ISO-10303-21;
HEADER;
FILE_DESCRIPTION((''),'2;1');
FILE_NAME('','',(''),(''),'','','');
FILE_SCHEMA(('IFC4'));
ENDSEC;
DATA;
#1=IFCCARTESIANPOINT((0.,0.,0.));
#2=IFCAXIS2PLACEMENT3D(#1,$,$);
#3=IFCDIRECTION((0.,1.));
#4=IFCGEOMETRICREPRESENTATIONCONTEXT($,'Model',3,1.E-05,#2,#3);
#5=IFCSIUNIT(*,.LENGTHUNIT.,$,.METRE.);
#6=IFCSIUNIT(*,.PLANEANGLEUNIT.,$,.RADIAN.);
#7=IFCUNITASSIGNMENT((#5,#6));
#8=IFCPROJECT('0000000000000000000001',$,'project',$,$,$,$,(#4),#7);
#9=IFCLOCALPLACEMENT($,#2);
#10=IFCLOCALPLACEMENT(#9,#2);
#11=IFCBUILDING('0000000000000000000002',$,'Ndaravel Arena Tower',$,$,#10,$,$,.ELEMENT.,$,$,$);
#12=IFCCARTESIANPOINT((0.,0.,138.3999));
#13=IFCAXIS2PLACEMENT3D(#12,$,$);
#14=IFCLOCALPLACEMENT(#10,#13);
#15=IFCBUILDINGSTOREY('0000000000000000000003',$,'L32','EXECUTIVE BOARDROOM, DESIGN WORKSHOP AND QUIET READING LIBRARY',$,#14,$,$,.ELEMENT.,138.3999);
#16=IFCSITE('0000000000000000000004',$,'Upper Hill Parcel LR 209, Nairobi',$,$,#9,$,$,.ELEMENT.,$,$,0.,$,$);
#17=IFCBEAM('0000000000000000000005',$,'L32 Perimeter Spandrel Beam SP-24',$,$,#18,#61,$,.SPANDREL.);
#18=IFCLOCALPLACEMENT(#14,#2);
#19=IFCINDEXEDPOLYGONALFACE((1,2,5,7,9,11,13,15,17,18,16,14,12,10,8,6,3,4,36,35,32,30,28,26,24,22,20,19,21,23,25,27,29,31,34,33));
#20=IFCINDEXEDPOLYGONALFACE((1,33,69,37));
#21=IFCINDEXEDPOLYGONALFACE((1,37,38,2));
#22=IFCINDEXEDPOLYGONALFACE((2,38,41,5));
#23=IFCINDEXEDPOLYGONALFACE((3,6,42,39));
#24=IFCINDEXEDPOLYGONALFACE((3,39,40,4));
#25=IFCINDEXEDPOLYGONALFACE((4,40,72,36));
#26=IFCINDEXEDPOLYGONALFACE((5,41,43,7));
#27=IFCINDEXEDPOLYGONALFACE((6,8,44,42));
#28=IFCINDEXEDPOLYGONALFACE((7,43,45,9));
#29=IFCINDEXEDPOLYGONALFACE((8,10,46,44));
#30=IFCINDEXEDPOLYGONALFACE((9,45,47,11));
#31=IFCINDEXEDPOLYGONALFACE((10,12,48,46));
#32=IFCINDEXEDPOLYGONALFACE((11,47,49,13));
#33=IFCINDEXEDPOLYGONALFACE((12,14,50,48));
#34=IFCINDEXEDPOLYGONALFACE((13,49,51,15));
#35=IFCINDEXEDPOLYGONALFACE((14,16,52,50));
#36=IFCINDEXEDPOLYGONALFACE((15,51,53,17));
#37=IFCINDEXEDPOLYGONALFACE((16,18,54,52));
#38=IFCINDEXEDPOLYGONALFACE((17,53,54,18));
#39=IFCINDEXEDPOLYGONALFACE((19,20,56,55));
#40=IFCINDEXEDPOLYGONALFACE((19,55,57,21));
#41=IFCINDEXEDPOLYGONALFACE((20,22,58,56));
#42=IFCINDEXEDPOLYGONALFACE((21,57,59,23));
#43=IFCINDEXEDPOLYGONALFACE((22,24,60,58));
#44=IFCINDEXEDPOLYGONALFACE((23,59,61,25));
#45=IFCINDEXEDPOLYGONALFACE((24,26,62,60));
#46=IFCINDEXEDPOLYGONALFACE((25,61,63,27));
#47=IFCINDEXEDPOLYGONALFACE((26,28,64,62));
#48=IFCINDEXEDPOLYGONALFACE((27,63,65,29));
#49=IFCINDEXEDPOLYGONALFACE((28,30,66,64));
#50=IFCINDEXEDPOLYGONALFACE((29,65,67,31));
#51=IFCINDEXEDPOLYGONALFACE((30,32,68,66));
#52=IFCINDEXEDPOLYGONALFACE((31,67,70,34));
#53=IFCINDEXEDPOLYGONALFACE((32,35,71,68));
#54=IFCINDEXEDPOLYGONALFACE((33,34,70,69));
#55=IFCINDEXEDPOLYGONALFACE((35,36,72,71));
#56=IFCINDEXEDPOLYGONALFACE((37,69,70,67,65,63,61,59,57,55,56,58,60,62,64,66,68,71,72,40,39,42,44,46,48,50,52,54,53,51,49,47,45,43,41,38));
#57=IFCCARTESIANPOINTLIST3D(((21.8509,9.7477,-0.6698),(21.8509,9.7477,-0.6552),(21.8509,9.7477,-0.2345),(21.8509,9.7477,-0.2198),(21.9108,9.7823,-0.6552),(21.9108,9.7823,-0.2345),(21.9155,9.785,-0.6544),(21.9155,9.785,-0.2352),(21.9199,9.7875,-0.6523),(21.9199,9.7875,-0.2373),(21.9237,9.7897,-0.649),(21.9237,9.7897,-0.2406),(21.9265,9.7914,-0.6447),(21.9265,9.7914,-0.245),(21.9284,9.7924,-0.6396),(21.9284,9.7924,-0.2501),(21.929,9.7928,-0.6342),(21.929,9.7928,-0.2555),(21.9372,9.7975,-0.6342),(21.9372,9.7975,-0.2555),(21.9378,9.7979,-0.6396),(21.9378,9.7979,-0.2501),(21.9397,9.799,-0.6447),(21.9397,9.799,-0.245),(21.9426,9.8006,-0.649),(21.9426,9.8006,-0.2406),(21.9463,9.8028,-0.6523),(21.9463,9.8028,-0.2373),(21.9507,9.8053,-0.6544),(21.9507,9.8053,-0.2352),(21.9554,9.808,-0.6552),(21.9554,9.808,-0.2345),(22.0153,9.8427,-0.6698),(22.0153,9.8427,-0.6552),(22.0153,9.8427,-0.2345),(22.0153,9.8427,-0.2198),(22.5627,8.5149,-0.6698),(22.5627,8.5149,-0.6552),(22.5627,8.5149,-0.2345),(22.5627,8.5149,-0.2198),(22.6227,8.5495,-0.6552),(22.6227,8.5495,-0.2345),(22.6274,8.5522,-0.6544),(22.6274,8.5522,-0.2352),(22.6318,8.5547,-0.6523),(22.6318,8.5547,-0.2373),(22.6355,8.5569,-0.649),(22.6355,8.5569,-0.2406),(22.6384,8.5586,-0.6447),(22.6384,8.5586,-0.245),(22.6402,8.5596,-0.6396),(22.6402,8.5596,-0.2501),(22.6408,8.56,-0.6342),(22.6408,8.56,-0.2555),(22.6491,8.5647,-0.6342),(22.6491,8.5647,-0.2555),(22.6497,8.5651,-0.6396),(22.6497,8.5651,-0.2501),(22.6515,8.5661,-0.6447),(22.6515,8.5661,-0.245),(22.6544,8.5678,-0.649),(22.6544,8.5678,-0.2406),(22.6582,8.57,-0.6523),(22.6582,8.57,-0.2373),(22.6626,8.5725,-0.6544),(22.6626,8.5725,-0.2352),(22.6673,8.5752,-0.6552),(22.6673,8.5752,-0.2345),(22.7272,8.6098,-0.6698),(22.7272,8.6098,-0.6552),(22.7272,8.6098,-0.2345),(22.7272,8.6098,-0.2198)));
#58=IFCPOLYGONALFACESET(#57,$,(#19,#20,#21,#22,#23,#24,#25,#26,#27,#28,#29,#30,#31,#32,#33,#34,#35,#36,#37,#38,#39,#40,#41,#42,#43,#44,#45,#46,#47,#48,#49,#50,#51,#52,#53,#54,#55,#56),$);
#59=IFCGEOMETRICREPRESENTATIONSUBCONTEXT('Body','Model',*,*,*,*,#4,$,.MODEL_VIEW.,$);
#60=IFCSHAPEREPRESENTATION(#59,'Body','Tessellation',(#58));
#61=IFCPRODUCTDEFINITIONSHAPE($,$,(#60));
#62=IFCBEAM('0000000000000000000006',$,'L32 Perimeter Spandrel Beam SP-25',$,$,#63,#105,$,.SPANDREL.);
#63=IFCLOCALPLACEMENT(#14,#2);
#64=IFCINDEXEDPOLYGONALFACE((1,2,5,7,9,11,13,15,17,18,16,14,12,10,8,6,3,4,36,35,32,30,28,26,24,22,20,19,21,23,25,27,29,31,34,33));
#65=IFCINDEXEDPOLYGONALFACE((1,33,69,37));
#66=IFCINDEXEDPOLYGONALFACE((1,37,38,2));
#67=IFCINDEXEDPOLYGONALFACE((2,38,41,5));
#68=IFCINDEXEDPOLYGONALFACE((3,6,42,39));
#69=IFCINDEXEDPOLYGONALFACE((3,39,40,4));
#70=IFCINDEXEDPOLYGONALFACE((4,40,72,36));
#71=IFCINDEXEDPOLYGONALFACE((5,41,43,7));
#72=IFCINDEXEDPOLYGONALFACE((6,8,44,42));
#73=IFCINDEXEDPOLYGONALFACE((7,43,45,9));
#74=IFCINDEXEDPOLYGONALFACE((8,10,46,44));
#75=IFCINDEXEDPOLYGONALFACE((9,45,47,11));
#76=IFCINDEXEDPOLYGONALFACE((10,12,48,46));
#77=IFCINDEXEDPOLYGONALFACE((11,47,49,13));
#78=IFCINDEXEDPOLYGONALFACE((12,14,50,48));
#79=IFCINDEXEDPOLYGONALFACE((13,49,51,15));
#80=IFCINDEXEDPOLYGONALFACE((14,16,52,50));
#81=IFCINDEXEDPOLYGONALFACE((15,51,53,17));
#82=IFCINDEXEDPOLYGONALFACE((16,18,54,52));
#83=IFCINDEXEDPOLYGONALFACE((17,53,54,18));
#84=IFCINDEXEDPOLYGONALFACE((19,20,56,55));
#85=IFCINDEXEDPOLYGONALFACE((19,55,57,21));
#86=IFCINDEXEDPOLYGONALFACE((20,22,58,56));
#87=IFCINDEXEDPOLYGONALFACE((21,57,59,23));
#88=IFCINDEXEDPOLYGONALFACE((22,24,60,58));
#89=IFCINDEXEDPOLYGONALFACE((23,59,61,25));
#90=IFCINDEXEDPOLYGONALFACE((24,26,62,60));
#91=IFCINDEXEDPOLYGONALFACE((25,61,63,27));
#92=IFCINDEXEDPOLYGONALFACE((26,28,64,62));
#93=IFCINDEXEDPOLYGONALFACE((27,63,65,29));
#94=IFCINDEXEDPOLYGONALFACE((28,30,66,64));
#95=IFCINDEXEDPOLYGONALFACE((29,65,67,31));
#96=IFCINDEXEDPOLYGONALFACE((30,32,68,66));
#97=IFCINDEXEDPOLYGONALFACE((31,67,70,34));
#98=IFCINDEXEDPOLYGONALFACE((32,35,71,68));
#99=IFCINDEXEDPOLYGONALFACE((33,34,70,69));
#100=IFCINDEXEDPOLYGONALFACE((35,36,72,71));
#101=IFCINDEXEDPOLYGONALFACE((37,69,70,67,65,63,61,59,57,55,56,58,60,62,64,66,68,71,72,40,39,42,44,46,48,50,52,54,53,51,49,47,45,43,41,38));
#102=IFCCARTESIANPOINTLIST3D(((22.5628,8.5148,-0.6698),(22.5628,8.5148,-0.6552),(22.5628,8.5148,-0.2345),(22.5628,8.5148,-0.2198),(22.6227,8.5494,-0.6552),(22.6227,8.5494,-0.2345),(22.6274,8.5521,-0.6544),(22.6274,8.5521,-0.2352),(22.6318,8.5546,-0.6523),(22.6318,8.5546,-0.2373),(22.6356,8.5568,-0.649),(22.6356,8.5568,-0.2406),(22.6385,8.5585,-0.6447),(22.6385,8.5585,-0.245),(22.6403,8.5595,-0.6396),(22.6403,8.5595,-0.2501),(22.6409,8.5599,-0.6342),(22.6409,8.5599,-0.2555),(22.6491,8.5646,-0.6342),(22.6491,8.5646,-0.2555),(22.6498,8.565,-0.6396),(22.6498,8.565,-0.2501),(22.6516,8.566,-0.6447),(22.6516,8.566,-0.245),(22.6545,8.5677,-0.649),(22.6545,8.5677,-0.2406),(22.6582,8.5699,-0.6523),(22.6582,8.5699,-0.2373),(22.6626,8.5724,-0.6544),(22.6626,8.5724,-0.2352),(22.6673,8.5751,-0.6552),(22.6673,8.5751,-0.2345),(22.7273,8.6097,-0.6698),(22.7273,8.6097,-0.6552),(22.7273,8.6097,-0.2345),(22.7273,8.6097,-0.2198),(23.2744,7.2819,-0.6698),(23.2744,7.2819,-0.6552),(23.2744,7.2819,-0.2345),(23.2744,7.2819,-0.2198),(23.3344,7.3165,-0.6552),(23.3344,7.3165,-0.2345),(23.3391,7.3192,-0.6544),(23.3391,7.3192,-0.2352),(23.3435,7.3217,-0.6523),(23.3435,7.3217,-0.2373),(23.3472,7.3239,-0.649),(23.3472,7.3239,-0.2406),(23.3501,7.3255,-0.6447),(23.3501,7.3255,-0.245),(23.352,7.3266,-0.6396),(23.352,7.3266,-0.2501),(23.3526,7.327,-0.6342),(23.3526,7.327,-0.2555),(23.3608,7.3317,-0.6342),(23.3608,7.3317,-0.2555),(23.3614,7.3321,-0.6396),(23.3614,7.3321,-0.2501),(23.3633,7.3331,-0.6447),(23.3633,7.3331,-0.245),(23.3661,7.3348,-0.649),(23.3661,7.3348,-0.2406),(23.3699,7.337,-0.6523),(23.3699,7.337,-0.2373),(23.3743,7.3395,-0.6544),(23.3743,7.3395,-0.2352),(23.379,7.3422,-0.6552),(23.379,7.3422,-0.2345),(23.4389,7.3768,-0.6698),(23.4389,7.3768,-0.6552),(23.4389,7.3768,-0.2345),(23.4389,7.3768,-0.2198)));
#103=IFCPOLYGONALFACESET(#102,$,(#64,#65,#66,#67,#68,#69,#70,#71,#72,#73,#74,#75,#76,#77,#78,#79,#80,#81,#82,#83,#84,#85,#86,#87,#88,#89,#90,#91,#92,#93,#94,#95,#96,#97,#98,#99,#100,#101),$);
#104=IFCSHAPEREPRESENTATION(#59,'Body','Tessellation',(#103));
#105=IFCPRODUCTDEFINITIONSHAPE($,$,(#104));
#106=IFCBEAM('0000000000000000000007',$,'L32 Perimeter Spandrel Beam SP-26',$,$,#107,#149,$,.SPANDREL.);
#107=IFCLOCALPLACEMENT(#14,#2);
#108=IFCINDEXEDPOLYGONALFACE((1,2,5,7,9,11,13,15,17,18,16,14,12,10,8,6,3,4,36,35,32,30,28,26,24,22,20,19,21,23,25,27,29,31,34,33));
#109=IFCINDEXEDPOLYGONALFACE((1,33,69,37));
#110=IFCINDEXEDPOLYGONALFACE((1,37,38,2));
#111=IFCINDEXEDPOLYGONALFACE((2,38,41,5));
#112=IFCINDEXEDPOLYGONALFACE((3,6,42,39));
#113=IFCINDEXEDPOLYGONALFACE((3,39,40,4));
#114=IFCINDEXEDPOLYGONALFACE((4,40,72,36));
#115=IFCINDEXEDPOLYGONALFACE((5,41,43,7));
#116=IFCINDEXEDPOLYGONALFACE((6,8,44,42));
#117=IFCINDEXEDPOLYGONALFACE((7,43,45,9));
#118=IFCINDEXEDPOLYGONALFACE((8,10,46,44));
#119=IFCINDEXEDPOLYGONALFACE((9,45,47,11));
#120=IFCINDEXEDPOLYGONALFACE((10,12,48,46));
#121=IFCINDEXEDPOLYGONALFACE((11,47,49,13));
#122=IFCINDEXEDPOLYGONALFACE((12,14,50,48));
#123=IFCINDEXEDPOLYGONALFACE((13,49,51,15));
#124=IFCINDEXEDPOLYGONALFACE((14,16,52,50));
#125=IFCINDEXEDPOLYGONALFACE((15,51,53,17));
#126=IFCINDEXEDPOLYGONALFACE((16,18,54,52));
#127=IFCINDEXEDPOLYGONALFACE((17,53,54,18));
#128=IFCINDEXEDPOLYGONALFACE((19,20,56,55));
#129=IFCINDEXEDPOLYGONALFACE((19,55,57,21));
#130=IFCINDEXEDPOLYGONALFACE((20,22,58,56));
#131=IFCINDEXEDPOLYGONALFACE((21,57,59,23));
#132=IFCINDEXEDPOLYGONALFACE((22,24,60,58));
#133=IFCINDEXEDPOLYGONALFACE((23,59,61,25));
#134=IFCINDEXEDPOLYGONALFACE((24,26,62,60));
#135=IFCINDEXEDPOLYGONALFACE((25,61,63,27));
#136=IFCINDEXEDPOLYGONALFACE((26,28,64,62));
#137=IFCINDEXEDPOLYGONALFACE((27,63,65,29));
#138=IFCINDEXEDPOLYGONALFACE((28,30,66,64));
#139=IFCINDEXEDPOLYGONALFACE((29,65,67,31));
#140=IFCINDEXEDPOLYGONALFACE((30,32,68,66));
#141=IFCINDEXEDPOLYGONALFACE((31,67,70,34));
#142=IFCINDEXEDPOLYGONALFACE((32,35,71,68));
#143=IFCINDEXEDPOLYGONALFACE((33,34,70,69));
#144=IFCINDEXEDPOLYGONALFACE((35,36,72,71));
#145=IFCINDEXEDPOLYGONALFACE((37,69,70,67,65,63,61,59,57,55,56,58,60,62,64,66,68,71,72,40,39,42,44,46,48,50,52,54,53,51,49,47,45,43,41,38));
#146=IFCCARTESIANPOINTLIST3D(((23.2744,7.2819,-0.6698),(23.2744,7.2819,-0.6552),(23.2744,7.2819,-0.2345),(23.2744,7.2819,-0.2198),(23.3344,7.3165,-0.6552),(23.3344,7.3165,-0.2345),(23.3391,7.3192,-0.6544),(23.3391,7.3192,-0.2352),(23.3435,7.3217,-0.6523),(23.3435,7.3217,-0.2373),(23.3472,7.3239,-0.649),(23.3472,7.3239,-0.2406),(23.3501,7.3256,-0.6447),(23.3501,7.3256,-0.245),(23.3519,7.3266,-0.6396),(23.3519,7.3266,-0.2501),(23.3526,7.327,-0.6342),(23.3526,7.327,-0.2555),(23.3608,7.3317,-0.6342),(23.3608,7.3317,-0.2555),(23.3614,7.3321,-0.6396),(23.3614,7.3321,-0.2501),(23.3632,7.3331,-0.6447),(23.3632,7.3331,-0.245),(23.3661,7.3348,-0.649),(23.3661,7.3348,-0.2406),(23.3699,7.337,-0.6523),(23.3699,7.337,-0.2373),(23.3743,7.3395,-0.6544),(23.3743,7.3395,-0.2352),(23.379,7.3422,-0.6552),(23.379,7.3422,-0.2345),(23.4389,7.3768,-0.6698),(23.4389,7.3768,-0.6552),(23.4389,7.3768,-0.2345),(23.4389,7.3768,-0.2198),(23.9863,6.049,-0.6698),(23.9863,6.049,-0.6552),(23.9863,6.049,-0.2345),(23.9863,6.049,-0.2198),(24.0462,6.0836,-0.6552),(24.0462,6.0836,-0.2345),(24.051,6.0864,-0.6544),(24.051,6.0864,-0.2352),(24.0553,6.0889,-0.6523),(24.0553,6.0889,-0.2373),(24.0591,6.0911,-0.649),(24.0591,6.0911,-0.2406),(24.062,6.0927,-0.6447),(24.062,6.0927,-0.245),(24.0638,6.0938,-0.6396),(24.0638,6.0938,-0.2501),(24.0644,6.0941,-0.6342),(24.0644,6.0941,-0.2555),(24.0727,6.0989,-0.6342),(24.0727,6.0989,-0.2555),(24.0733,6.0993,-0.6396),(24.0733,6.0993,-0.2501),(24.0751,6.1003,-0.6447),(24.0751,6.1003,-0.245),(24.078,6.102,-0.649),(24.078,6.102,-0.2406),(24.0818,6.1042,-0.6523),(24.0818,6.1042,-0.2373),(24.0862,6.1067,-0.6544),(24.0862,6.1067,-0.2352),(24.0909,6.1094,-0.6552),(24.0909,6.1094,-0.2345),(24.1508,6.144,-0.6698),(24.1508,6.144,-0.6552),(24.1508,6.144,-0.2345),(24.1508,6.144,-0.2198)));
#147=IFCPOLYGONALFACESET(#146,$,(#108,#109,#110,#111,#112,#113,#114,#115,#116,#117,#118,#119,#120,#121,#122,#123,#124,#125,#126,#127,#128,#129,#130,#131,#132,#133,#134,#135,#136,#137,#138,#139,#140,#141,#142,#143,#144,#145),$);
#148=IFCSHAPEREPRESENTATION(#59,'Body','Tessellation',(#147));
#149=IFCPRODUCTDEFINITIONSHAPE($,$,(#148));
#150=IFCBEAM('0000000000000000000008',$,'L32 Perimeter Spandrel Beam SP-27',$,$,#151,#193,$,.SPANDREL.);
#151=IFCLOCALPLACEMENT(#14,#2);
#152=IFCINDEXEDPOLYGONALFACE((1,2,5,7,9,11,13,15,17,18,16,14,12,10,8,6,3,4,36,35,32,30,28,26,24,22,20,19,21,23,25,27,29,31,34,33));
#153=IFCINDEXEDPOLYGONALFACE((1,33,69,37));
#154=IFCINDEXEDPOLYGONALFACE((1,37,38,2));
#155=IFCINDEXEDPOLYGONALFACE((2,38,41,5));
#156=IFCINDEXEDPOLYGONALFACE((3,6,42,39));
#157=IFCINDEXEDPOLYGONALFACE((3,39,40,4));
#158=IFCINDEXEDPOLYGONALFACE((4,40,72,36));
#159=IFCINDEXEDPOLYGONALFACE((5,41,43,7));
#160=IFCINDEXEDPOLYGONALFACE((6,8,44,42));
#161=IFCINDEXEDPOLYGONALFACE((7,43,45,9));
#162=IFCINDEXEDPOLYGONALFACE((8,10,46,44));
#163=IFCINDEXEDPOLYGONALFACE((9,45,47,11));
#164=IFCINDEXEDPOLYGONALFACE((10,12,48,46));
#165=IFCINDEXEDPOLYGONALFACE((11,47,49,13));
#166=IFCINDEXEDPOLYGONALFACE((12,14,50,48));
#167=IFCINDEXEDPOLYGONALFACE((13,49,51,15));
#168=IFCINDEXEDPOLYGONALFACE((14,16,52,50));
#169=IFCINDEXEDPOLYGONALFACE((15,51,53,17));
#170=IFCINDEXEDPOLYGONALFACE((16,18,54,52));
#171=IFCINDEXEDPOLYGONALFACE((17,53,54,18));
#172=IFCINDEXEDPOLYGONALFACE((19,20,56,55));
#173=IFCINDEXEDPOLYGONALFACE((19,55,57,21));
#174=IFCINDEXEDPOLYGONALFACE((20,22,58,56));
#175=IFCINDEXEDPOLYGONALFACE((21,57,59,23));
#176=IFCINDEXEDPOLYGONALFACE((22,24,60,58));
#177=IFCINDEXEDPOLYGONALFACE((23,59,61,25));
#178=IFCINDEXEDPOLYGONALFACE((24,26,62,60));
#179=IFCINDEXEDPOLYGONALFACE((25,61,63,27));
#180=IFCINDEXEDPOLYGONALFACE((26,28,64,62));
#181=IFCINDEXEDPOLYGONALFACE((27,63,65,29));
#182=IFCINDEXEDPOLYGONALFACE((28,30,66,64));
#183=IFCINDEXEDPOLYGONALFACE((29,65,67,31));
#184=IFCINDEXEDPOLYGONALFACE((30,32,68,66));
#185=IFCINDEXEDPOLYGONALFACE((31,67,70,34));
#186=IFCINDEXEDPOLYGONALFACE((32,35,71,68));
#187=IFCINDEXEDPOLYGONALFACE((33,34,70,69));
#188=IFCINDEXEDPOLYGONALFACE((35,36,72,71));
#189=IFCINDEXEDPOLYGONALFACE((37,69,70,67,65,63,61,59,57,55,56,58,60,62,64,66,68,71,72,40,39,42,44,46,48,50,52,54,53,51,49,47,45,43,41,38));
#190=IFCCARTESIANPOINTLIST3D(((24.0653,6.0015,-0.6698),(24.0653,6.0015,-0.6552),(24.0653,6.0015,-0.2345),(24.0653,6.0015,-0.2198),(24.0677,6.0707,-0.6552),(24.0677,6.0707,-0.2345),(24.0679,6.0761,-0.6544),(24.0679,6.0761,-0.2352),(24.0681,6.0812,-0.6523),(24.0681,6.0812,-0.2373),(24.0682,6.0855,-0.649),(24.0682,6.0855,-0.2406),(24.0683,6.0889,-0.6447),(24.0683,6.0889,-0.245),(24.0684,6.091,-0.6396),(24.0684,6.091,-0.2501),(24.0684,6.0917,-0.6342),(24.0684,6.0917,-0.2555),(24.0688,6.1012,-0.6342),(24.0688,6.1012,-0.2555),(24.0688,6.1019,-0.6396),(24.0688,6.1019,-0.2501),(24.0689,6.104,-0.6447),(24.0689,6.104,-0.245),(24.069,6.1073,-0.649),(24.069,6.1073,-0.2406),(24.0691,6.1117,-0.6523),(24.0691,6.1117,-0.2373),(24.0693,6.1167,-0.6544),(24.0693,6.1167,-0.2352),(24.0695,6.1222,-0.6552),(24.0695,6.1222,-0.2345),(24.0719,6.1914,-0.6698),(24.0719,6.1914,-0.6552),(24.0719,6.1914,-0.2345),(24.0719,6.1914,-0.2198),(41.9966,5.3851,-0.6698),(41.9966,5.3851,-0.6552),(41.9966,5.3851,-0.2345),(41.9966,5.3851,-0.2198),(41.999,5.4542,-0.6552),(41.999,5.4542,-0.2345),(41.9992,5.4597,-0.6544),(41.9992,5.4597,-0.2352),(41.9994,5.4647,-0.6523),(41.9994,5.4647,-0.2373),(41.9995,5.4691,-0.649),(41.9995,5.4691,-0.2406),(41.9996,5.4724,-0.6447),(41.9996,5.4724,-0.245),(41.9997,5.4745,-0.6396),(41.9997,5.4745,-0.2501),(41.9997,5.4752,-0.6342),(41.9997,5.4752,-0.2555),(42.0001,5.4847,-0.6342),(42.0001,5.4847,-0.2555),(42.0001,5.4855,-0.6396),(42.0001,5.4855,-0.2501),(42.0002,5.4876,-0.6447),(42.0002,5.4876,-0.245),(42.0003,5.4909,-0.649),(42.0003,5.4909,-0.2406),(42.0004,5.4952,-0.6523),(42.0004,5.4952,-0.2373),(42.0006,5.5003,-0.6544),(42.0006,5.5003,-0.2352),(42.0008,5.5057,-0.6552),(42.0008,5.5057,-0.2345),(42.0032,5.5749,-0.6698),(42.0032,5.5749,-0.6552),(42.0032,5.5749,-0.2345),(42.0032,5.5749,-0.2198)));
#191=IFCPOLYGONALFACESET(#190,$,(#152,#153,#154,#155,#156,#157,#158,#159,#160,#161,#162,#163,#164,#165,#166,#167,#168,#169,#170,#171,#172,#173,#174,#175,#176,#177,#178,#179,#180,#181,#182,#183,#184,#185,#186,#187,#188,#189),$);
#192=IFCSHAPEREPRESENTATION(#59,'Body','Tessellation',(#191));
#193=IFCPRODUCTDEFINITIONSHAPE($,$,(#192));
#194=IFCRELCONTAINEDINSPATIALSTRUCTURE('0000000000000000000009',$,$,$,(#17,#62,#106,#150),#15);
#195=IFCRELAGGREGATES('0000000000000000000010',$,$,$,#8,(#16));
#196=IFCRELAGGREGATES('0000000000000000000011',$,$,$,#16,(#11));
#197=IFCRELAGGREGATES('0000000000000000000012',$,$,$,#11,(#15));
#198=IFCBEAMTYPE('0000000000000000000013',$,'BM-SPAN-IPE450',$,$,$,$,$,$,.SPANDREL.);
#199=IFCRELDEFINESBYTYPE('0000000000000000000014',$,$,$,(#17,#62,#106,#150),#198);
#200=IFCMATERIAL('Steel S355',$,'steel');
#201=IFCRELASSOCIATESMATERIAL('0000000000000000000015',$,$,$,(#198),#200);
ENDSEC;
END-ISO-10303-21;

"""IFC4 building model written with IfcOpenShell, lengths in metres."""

from ifc_helpers import new_model, si_unit, direction, frame, origin, origin_2d, place, context, subcontext, project, spatial, i_section, extrude, material, material_profile, profile_set, type_object, element, save


model = new_model("IFC4")

# Units and contexts
model_context = context("Model", 3, precision=1e-05, world=origin(), true_north=direction((0.0, 1.0)))
body_context = subcontext(model_context, "Body", "Model", "MODEL_VIEW")
ifc_project = project(units=[si_unit("LENGTHUNIT", "METRE"), si_unit("PLANEANGLEUNIT", "RADIAN")], contexts=[model_context])

# Site, building, storey
site_placement = place(None, origin())
site = spatial("IfcSite", under=ifc_project, at=site_placement, Name="Upper Hill Parcel LR 209, Nairobi", CompositionType="ELEMENT", RefElevation=0.0)
building_placement = place(site_placement, origin())
building = spatial("IfcBuilding", under=site, at=building_placement, Name="Ndaravel Arena Tower", CompositionType="ELEMENT")
storey_placement = place(building_placement, frame((0.0, 0.0, 138.3999)))
storey = spatial("IfcBuildingStorey", under=building, at=storey_placement, Name="L32", Description="EXECUTIVE BOARDROOM, DESIGN WORKSHOP AND QUIET READING LIBRARY", CompositionType="ELEMENT", Elevation=138.3999)

# Beams
ifc_material_1 = material(Name="Steel S355", Category="steel")
ifc_material_profile_1 = material_profile(ifc_material_1, i_section(OverallWidth=0.1899, OverallDepth=0.45, WebThickness=0.0095, FlangeThickness=0.0146, FilletRadius=0.021, at=origin_2d()), Name="IPE 450")
ifc_profile_set_1 = profile_set([ifc_material_profile_1], Name="Steel S355")
beam_type = type_object("IfcBeamType", Name="BM-SPAN-IPE450", PredefinedType="SPANDREL", material=ifc_profile_set_1)
for number, where, z_axis, x_axis, name in (
    (1, (21.9331, 9.7952, -0.4448), (0.500049, -0.865997, 0.0), (0.865997, 0.500049, 0.0), "L32 Perimeter Spandrel Beam SP-24"),
    (2, (22.645, 8.5623, -0.4448), (0.49992, -0.866071, 0.0), (0.866071, 0.49992, 0.0), "L32 Perimeter Spandrel Beam SP-25"),
    (3, (23.3567, 7.3293, -0.4448), (0.500049, -0.865997, 0.0), (0.865997, 0.500049, 0.0), "L32 Perimeter Spandrel Beam SP-26"),
):
    element("IfcBeam", number, at=place(storey_placement, frame(where, z_axis=z_axis, x_axis=x_axis)), inside=storey, type_object=beam_type, Name=name, PredefinedType="SPANDREL", context=body_context, shape_type="SweptSolid", body=[
        extrude(i_section(OverallWidth=0.1899, OverallDepth=0.45, WebThickness=0.0095, FlangeThickness=0.0146, FilletRadius=0.021, at=origin_2d()), origin(), (0.0, 0.0, 1.0), 1.4236),
    ])
beam_placement = place(storey_placement, frame((24.0686, 6.0964, -0.4448), z_axis=(0.99941, -0.034358, 0.0), x_axis=(0.034358, 0.99941, 0.0)))
element("IfcBeam", 4, at=beam_placement, inside=storey, type_object=beam_type, Name="L32 Perimeter Spandrel Beam SP-27", PredefinedType="SPANDREL", context=body_context, shape_type="SweptSolid", body=[
    extrude(i_section(OverallWidth=0.1899, OverallDepth=0.45, WebThickness=0.0095, FlangeThickness=0.0146, FilletRadius=0.021, at=origin_2d()), origin(), (0.0, 0.0, 1.0), 17.9419),
])

save(model, "model.ifc")
